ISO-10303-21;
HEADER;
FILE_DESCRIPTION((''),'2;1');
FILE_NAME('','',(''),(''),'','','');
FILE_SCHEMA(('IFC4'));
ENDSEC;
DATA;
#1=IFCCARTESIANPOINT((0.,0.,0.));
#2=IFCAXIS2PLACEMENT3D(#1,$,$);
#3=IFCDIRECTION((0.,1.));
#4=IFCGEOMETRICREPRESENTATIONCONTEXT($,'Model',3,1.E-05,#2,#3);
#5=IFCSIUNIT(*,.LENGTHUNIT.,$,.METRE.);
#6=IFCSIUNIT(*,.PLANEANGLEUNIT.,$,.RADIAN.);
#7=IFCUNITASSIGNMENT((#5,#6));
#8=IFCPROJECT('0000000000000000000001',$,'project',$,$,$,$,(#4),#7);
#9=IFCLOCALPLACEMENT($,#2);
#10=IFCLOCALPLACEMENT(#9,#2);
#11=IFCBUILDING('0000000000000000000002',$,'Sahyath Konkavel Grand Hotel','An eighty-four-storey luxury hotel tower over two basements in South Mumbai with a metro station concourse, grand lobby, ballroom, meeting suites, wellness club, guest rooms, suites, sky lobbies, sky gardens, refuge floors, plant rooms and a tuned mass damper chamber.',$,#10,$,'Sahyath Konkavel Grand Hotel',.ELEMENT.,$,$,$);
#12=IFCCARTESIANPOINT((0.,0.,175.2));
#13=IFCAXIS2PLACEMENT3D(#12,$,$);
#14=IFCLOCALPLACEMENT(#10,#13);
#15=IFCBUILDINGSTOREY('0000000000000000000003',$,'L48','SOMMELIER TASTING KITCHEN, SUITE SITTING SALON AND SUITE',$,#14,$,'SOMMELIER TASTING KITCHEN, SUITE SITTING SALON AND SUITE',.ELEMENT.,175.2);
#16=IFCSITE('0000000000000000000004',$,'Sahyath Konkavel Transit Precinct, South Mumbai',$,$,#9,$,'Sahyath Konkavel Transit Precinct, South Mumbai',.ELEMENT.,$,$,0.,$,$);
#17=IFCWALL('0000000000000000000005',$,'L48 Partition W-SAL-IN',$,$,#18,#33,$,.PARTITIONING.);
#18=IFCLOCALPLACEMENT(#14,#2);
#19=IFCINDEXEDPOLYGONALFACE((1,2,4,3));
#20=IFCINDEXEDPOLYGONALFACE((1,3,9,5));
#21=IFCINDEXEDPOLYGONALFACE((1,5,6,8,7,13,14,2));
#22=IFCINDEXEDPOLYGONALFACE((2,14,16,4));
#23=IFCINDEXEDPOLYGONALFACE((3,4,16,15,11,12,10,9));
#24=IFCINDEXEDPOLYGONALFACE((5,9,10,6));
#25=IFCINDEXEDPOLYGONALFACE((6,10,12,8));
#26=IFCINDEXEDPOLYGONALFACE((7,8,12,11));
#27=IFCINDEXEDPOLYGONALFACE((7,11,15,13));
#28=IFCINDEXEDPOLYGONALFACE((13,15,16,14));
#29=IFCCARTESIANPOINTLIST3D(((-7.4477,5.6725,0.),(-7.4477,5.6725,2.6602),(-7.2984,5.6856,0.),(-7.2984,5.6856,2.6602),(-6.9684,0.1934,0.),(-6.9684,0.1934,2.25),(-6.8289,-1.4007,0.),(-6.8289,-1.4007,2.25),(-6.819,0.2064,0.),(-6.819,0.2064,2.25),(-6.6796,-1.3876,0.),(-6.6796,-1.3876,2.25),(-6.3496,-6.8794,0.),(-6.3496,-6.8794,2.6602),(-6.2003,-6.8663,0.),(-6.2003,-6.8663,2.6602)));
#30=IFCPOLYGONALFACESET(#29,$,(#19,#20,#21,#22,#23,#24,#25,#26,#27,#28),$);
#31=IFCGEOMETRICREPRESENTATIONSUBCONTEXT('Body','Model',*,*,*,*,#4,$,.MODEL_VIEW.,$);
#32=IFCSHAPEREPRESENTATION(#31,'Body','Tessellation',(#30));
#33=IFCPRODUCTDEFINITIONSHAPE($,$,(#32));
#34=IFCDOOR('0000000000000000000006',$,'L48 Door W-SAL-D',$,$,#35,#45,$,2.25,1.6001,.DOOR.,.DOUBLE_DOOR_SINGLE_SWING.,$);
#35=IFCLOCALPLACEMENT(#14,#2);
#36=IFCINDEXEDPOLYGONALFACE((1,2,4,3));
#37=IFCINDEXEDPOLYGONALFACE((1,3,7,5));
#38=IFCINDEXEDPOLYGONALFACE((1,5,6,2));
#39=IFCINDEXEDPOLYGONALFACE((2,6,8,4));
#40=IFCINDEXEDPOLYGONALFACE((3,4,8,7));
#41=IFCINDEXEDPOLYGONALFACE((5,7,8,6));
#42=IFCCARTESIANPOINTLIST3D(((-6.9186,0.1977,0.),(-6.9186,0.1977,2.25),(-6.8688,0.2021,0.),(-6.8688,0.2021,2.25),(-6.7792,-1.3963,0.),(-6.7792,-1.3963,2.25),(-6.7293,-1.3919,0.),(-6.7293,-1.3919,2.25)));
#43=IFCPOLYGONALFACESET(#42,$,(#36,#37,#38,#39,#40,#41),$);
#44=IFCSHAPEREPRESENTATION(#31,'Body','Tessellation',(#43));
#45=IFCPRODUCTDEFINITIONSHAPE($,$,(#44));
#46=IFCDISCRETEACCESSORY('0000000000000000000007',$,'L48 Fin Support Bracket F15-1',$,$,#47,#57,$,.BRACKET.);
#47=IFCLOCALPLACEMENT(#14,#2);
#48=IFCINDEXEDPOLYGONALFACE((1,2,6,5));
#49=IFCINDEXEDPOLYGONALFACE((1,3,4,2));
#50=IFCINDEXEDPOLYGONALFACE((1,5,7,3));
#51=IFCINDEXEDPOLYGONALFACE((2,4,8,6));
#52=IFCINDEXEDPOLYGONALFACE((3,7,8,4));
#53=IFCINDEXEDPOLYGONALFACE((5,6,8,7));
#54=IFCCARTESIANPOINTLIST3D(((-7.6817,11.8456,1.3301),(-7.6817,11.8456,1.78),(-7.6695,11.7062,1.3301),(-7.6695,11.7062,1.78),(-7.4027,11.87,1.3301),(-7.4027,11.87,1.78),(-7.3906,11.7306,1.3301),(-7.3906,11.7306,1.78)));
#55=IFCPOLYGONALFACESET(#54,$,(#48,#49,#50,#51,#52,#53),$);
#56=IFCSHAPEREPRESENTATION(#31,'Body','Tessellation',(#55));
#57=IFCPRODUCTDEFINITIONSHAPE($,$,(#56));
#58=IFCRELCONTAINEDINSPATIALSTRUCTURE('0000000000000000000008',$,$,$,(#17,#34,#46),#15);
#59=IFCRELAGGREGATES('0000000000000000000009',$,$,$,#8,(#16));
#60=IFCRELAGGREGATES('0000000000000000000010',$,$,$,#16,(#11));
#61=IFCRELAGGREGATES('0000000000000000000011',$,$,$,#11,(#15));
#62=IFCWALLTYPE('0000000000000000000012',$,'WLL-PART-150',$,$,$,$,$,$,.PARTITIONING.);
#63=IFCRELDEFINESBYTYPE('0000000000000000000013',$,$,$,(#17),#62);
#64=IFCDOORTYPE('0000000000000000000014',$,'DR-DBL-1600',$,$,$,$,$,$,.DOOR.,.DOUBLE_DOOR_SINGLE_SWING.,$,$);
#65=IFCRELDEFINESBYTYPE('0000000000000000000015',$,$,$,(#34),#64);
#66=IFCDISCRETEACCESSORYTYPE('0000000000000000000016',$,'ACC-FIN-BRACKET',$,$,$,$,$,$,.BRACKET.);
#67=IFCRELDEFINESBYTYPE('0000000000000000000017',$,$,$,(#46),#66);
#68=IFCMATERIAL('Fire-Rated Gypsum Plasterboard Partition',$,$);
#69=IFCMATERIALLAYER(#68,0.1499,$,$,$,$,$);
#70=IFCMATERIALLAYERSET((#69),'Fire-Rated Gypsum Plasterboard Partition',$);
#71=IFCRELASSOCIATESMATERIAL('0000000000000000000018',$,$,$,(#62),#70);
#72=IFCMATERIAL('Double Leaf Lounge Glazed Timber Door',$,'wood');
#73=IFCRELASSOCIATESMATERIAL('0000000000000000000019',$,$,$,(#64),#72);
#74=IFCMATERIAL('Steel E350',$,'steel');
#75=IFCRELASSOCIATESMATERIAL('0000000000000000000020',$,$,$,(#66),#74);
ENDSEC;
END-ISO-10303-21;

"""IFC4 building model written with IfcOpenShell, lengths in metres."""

from ifc_helpers import new_model, si_unit, direction, frame, frame_2d, origin, origin_2d, place, context, subcontext, project, spatial, rectangle, extrude, source, transform, mapped, material, layer, layer_set, type_object, element, fill, save


model = new_model("IFC4")

# Units and contexts
model_context = context("Model", 3, precision=1e-05, world=origin(), true_north=direction((0.0, 1.0)))
body_context = subcontext(model_context, "Body", "Model", "MODEL_VIEW")
ifc_project = project(units=[si_unit("LENGTHUNIT", "METRE"), si_unit("PLANEANGLEUNIT", "RADIAN")], contexts=[model_context])

# Site, building, storey
site_placement = place(None, origin())
site = spatial("IfcSite", under=ifc_project, at=site_placement, Name="Sahyath Konkavel Transit Precinct, South Mumbai", LongName="Sahyath Konkavel Transit Precinct, South Mumbai", CompositionType="ELEMENT", RefElevation=0.0)
building_placement = place(site_placement, origin())
building = spatial("IfcBuilding", under=site, at=building_placement, Name="Sahyath Konkavel Grand Hotel", Description="An eighty-four-storey luxury hotel tower over two basements in South Mumbai with a metro station concourse, grand lobby, ballroom, meeting suites, wellness club, guest rooms, suites, sky lobbies, sky gardens, refuge floors, plant rooms and a tuned mass damper chamber.", LongName="Sahyath Konkavel Grand Hotel", CompositionType="ELEMENT")
storey_placement = place(building_placement, frame((0.0, 0.0, 175.2)))
storey = spatial("IfcBuildingStorey", under=building, at=storey_placement, Name="L48", Description="SOMMELIER TASTING KITCHEN, SUITE SITTING SALON AND SUITE", LongName="SOMMELIER TASTING KITCHEN, SUITE SITTING SALON AND SUITE", CompositionType="ELEMENT", Elevation=175.2)

# Shared definitions
ifc_material_1 = material(Name="Steel E350", Category="steel")

# Wall, opening, door
ifc_material_2 = material(Name="Fire-Rated Gypsum Plasterboard Partition")
ifc_layer_1 = layer(ifc_material_2, 0.1499)
ifc_layer_set_1 = layer_set([ifc_layer_1], Name="Fire-Rated Gypsum Plasterboard Partition")
wall_type_1 = type_object("IfcWallType", Name="WLL-PART-150", PredefinedType="PARTITIONING", material=ifc_layer_set_1)
wall_1_placement = place(storey_placement, frame((-7.373, 5.679, 0.0), z_axis=(0.0, 0.0, 1.0), x_axis=(0.087155, -0.996195, 0.0)))
wall_1 = element("IfcWall", 1, at=wall_1_placement, inside=storey, type_object=wall_type_1, Name="L48 Partition W-SAL-IN", PredefinedType="PARTITIONING", context=body_context, shape_type="SweptSolid", body=[
    extrude(rectangle(XDim=12.5999, YDim=0.1499, at=frame_2d((6.2998, 0.0))), origin(), (0.0, 0.0, 1.0), 2.6602),
])
opening_1_placement = place(wall_1_placement, frame((5.5, 0.0, 0.0)))
opening_1 = element("IfcOpeningElement", 2, at=opening_1_placement, cuts=wall_1, PredefinedType="OPENING", context=body_context, shape_type="SweptSolid", body=[
    extrude(rectangle(XDim=1.6001, YDim=2.25, at=frame_2d((0.8, 1.125))), frame((0.0, 0.085, 0.0), z_axis=(0.0, -1.0, 0.0), x_axis=(1.0, 0.0, 0.0)), (0.0, 0.0, 1.0), 0.1699),
])
ifc_material_3 = material(Name="Double Leaf Lounge Glazed Timber Door", Category="wood")
door_type_1 = type_object("IfcDoorType", Name="DR-DBL-1600", OperationType="DOUBLE_DOOR_SINGLE_SWING", PredefinedType="DOOR", material=ifc_material_3)
shared_shape_1 = source(origin(), body_context, "Body", "SweptSolid", [
    extrude(rectangle(XDim=1.6001, YDim=0.05, at=origin_2d()), origin(), (0.0, 0.0, 1.0), 2.25),
])
door_1_placement = place(opening_1_placement, frame((0.8, 0.0, 0.0)))
door_1 = element("IfcDoor", 3, at=door_1_placement, inside=storey, type_object=door_type_1, Name="L48 Door W-SAL-D", OperationType="DOUBLE_DOOR_SINGLE_SWING", OverallHeight=2.25, OverallWidth=1.6001, PredefinedType="DOOR", context=body_context, shape_type="MappedRepresentation", body=[
    mapped(shared_shape_1, transform((0.0, 0.0, 0.0), scale=1.0)),
])
fill(opening_1, door_1)

# Discrete accessory
discrete_accessory_type = type_object("IfcDiscreteAccessoryType", Name="ACC-FIN-BRACKET", PredefinedType="BRACKET", material=ifc_material_1)
shared_shape_2 = source(origin(), body_context, "Body", "SweptSolid", [
    extrude(rectangle(XDim=0.28, YDim=0.1399, at=origin_2d()), origin(), (0.0, 0.0, 1.0), 0.45),
])
discrete_accessory_placement = place(storey_placement, frame((-7.5361, 11.7881, 1.3301), z_axis=(0.0, 0.0, 1.0), x_axis=(-0.996195, -0.087156, 0.0)))
element("IfcDiscreteAccessory", 4, at=discrete_accessory_placement, inside=storey, type_object=discrete_accessory_type, Name="L48 Fin Support Bracket F15-1", PredefinedType="BRACKET", context=body_context, shape_type="MappedRepresentation", body=[
    mapped(shared_shape_2, transform((0.0, 0.0, 0.0), scale=1.0)),
])

save(model, "model.ifc")
